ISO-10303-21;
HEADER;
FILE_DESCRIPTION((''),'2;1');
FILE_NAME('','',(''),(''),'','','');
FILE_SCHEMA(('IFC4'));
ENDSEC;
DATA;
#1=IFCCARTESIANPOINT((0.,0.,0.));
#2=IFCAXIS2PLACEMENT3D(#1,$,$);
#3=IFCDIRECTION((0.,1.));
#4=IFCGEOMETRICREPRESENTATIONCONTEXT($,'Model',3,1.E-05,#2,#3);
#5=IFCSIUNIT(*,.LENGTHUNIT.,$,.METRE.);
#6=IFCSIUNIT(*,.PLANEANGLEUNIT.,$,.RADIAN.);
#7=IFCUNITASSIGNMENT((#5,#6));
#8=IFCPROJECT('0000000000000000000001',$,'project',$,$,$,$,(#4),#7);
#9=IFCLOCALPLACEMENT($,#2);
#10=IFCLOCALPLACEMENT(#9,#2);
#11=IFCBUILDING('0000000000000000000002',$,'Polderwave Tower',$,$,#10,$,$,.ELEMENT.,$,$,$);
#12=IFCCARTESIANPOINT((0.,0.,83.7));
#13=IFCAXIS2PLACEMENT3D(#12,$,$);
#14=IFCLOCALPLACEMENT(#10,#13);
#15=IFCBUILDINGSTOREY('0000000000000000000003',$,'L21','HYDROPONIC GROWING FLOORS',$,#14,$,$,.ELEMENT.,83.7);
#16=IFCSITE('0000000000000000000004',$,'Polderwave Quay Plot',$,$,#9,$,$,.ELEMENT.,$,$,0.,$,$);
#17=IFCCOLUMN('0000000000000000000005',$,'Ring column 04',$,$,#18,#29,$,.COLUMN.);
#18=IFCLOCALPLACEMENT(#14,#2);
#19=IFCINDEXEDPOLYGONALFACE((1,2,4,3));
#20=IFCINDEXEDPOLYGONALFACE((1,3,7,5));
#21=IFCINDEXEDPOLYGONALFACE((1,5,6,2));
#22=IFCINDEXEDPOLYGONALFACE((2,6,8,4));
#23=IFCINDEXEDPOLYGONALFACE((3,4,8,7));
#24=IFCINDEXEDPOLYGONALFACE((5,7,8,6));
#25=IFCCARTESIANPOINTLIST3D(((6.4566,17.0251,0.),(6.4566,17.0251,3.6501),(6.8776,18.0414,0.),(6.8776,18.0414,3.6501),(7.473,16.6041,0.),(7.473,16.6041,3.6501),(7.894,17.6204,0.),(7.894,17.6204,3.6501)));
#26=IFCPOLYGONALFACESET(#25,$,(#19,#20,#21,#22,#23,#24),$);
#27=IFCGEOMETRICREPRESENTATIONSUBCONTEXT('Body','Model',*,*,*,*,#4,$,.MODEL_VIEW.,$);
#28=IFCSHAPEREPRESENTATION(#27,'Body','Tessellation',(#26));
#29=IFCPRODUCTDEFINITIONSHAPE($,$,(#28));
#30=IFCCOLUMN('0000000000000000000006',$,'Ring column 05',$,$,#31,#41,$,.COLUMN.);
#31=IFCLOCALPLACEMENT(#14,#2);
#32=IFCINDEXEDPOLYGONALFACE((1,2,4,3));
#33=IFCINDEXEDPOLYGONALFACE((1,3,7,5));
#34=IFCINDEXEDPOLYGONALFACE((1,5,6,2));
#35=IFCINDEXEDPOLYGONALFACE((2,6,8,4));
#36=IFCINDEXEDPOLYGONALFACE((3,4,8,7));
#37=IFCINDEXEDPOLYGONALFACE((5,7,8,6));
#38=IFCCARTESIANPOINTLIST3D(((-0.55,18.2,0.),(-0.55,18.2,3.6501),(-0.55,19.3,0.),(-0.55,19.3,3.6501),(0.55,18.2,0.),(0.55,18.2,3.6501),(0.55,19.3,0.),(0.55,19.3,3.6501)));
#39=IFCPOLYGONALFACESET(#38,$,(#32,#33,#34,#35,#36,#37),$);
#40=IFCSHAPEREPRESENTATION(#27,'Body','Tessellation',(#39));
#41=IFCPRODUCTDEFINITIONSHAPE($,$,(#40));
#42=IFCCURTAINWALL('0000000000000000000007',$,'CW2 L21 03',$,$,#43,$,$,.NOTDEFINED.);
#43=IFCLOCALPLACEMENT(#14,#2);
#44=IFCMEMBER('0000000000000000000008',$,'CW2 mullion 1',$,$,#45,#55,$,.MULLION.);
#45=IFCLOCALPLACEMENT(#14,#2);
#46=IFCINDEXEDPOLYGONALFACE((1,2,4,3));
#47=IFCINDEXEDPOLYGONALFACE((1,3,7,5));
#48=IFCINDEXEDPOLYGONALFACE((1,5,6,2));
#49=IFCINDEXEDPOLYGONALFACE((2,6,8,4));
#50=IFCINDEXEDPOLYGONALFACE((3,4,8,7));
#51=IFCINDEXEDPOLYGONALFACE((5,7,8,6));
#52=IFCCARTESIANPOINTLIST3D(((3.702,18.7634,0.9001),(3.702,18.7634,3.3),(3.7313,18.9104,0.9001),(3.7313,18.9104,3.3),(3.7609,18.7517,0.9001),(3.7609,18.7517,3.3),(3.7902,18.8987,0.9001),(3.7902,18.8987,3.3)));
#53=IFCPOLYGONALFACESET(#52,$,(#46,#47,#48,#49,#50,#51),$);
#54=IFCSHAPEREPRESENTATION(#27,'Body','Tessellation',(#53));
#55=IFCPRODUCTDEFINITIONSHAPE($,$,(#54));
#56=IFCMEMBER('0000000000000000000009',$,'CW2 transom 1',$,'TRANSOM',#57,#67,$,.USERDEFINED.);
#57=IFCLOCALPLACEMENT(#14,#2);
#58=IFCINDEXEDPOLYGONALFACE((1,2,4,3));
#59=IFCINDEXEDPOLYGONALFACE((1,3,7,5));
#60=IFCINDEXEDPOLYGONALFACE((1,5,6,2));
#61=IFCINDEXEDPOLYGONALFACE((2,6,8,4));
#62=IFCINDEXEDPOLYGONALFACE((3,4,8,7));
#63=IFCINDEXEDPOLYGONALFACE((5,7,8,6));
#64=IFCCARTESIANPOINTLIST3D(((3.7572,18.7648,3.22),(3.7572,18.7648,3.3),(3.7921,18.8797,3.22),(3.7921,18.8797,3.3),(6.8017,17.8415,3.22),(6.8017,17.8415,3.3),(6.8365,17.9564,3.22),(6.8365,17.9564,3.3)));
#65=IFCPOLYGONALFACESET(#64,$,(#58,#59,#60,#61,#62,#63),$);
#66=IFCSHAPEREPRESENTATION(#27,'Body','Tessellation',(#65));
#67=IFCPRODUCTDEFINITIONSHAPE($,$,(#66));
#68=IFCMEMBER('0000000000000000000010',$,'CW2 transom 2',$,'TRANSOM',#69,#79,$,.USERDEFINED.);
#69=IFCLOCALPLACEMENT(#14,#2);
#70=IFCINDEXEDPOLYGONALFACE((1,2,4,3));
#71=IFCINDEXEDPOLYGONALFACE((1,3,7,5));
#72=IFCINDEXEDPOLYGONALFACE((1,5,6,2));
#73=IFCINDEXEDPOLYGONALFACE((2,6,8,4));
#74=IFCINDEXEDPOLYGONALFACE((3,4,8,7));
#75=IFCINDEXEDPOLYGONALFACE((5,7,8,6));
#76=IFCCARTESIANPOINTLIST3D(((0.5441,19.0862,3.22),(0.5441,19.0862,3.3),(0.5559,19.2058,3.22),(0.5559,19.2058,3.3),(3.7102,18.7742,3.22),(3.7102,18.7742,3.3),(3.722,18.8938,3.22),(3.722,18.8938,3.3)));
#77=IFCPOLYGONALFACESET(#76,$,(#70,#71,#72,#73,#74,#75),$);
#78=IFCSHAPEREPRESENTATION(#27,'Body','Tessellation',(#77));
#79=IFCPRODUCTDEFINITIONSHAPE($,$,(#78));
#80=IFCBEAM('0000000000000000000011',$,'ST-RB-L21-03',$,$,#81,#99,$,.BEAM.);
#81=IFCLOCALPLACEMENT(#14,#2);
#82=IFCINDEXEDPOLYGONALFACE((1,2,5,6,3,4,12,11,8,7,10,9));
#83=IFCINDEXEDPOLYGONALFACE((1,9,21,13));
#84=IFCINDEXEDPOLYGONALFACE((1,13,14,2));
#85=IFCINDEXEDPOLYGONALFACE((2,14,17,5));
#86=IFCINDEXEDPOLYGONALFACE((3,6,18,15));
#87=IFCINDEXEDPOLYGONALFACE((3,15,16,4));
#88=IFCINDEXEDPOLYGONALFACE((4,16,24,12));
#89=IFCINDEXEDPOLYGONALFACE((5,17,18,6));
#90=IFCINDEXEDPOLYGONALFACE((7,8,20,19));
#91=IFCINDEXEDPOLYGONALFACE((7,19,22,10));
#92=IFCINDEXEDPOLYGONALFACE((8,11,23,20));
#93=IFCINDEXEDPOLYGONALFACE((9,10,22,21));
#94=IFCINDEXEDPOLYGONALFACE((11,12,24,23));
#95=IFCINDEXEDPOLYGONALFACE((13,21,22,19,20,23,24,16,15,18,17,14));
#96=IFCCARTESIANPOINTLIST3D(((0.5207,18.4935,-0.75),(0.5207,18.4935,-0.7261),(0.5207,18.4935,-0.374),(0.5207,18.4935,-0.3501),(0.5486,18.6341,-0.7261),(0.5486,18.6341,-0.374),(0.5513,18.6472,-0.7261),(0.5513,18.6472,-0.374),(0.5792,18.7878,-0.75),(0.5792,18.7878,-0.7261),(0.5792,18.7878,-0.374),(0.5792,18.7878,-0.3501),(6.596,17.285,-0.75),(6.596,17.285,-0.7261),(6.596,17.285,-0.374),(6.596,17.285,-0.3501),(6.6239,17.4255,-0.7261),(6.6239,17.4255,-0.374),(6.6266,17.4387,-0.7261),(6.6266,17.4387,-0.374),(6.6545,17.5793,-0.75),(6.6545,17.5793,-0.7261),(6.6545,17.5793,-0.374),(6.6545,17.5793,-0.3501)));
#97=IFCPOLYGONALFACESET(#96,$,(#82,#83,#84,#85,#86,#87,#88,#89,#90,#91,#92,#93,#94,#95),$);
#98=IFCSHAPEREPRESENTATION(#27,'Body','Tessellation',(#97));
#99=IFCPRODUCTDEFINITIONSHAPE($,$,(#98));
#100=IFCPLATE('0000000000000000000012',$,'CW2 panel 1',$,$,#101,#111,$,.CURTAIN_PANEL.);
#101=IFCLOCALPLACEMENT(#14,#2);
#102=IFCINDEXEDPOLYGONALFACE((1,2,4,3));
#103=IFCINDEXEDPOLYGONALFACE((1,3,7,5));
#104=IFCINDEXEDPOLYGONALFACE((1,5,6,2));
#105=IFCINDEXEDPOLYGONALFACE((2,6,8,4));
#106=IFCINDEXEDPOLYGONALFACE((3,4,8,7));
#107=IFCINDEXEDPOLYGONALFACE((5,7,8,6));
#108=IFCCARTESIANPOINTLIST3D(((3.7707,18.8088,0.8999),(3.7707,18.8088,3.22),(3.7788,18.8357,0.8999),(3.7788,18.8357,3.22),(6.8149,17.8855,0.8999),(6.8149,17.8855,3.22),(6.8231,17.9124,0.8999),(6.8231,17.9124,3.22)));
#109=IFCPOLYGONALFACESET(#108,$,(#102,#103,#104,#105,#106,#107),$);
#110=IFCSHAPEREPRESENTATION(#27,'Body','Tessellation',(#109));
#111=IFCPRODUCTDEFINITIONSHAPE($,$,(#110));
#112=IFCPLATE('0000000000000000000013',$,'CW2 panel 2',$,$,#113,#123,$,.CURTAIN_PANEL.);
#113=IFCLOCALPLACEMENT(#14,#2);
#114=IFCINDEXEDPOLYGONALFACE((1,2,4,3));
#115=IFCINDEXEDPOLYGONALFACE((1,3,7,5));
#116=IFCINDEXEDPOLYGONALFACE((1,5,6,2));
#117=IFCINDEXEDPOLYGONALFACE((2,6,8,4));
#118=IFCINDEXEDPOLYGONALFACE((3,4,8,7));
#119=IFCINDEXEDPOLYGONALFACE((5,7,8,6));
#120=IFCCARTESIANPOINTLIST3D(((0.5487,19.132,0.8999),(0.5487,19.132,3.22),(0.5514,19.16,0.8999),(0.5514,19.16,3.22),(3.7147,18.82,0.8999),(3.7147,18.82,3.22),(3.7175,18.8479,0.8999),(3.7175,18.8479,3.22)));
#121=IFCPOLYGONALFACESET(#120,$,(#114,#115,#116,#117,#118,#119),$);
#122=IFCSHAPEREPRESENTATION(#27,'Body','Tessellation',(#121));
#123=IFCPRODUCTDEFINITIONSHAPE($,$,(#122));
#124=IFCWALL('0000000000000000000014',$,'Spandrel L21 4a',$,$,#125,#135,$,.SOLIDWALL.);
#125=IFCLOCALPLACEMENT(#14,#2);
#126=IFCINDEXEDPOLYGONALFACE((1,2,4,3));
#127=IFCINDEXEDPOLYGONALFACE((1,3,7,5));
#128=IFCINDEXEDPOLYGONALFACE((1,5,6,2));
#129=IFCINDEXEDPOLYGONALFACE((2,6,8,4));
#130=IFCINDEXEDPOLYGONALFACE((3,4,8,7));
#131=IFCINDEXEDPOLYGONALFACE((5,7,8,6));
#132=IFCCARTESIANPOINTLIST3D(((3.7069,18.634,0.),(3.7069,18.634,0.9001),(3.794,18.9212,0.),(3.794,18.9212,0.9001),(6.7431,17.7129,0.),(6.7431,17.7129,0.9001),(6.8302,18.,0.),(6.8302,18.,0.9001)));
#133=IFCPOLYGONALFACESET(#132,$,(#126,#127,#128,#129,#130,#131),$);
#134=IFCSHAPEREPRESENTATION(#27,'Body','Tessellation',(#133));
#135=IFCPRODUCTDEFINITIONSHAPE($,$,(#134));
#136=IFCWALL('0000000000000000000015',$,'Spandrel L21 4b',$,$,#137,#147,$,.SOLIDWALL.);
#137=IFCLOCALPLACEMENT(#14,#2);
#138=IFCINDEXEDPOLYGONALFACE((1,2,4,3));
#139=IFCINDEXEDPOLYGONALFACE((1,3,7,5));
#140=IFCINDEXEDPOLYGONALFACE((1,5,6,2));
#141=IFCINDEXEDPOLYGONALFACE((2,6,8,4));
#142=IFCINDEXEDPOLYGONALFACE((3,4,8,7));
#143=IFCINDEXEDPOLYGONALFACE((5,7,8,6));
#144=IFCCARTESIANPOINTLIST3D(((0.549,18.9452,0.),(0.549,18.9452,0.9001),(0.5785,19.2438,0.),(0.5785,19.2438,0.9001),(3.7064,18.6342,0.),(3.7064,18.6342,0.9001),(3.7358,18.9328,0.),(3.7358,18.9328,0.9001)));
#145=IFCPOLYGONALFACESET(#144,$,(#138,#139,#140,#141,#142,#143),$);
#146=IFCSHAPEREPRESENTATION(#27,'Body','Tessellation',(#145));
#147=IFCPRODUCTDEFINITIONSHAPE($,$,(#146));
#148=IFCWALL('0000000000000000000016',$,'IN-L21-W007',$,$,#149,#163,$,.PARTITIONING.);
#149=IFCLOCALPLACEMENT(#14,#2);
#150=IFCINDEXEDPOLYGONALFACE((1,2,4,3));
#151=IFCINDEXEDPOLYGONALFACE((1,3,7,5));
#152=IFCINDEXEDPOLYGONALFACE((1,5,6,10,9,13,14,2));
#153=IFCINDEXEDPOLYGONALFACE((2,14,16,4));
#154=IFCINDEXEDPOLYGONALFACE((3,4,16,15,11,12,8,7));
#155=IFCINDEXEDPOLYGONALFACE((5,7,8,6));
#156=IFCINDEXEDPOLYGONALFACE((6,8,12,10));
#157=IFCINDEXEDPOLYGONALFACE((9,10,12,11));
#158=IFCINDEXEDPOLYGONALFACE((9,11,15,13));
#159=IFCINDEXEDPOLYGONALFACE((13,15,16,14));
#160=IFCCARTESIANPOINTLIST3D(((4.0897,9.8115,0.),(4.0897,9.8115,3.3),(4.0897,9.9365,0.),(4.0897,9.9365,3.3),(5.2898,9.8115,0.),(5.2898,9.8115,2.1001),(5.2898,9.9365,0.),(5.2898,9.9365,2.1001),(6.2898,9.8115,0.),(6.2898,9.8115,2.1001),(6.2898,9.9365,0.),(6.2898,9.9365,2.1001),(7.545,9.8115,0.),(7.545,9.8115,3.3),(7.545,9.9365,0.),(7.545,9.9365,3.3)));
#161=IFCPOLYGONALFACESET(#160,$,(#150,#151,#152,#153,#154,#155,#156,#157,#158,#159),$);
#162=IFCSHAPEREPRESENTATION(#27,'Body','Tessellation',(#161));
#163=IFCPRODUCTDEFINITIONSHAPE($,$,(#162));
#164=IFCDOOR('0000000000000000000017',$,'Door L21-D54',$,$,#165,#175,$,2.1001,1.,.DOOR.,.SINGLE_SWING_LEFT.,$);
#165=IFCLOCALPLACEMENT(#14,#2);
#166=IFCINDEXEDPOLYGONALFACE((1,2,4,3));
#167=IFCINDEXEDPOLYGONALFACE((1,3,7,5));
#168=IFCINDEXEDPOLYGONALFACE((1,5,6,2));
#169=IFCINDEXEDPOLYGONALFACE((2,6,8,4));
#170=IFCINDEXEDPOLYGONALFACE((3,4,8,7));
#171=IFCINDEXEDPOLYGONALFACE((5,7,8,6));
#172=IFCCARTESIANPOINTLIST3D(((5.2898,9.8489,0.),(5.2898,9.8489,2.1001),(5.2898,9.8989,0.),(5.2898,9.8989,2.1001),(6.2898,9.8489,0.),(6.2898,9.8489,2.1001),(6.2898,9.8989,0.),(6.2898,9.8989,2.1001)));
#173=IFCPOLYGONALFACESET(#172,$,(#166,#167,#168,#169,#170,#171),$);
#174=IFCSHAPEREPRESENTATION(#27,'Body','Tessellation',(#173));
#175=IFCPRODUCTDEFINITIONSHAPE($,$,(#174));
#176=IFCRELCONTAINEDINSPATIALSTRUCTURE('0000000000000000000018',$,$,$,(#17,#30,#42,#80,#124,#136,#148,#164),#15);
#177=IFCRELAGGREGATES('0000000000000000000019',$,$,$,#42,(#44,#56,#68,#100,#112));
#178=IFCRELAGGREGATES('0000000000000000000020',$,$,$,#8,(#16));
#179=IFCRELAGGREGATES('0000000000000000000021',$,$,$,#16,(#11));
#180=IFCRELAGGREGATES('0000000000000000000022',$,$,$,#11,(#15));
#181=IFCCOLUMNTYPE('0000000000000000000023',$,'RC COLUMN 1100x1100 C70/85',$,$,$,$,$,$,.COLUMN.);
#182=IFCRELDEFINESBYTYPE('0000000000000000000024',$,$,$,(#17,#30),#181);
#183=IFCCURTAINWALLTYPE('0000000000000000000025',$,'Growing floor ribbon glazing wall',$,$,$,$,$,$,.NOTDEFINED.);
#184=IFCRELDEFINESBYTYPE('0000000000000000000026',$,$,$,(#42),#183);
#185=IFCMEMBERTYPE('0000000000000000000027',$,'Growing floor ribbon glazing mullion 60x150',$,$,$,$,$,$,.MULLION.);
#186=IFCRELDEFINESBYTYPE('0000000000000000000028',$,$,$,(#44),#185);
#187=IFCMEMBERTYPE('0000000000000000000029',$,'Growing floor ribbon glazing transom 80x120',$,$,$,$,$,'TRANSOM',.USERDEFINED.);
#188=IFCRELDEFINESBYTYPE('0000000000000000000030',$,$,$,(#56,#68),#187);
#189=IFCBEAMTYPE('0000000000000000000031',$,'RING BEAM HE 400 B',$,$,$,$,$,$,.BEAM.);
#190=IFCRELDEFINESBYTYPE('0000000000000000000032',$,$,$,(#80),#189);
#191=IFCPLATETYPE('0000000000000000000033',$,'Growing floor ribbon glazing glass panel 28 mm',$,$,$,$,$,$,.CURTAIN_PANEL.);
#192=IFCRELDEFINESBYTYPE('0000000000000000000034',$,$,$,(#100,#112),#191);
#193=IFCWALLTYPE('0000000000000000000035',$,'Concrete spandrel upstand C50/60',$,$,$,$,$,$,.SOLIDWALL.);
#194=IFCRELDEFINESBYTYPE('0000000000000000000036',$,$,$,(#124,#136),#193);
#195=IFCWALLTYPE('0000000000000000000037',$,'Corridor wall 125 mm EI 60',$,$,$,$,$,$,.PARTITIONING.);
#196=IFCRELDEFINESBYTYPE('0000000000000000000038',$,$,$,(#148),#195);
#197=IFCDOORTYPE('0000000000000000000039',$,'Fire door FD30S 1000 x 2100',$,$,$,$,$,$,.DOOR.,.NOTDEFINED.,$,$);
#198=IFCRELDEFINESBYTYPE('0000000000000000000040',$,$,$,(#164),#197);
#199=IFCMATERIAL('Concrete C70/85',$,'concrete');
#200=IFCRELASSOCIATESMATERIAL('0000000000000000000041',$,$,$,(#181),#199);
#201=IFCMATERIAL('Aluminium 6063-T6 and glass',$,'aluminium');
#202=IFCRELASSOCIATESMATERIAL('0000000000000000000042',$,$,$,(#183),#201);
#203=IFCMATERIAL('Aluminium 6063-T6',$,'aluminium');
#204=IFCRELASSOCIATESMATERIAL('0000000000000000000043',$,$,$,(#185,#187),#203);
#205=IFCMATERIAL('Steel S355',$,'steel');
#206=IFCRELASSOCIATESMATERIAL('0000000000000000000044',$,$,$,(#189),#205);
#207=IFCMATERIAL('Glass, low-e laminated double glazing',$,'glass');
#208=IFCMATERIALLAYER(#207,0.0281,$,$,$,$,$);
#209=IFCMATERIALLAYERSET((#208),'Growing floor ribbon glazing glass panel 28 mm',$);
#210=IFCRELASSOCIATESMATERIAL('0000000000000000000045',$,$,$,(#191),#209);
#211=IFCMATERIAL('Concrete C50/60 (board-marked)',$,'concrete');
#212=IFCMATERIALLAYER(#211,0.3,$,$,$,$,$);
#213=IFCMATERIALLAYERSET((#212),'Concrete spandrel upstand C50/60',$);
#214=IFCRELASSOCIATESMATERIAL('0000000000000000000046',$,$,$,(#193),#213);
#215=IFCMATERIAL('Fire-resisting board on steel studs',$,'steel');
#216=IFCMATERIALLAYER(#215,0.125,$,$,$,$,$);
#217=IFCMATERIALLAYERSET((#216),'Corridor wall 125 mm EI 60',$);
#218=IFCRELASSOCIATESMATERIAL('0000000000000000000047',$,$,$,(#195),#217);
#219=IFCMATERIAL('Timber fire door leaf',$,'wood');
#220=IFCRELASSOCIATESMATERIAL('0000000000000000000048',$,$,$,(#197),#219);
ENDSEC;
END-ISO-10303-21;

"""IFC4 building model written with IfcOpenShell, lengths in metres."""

from ifc_helpers import new_model, si_unit, direction, frame, frame_2d, origin, origin_2d, place, context, subcontext, project, spatial, rectangle, i_section, extrude, material, layer, layer_set, material_profile, profile_set, type_object, element, fill, aggregate, save


model = new_model("IFC4")

# Units and contexts
model_context = context("Model", 3, precision=1e-05, world=origin(), true_north=direction((0.0, 1.0)))
body_context = subcontext(model_context, "Body", "Model", "MODEL_VIEW")
ifc_project = project(units=[si_unit("LENGTHUNIT", "METRE"), si_unit("PLANEANGLEUNIT", "RADIAN")], contexts=[model_context])

# Site, building, storey
site_placement = place(None, origin())
site = spatial("IfcSite", under=ifc_project, at=site_placement, Name="Polderwave Quay Plot", CompositionType="ELEMENT", RefElevation=0.0)
building_placement = place(site_placement, origin())
building = spatial("IfcBuilding", under=site, at=building_placement, Name="Polderwave Tower", CompositionType="ELEMENT")
storey_placement = place(building_placement, frame((0.0, 0.0, 83.7)))
storey = spatial("IfcBuildingStorey", under=building, at=storey_placement, Name="L21", Description="HYDROPONIC GROWING FLOORS", CompositionType="ELEMENT", Elevation=83.7)

# Columns
ifc_material_1 = material(Name="Concrete C70/85", Category="concrete")
ifc_material_profile_1 = material_profile(ifc_material_1, rectangle(XDim=1.1001, YDim=1.1001, at=origin_2d()), Name="RC 1100x1100")
ifc_profile_set_1 = profile_set([ifc_material_profile_1], Name="Concrete C70/85")
column_type = type_object("IfcColumnType", Name="RC COLUMN 1100x1100 C70/85", PredefinedType="COLUMN", material=ifc_profile_set_1)
for number, where, z_axis, x_axis, name in (
    (1, (7.1753, 17.3228, 0.0), (0.0, 0.0, 1.0), (0.382683, 0.92388, 0.0), "Ring column 04"),
    (2, (0.0, 18.75, 0.0), (0.0, 0.0, 1.0), (0.0, 1.0, 0.0), "Ring column 05"),
):
    element("IfcColumn", number, at=place(storey_placement, frame(where, z_axis=z_axis, x_axis=x_axis)), inside=storey, type_object=column_type, Name=name, PredefinedType="COLUMN", context=body_context, shape_type="SweptSolid", body=[
        extrude(rectangle(XDim=1.1001, YDim=1.1001, at=origin_2d()), origin(), (0.0, 0.0, 1.0), 3.6501),
    ])

# Curtain wall, members
ifc_material_2 = material(Name="Aluminium 6063-T6 and glass", Category="aluminium")
curtain_wall_type = type_object("IfcCurtainWallType", Name="Growing floor ribbon glazing wall", PredefinedType="NOTDEFINED", material=ifc_material_2)
curtain_wall_placement = place(storey_placement, origin())
curtain_wall = element("IfcCurtainWall", 3, at=curtain_wall_placement, inside=storey, type_object=curtain_wall_type, Name="CW2 L21 03", PredefinedType="NOTDEFINED")
ifc_material_3 = material(Name="Aluminium 6063-T6", Category="aluminium")
ifc_material_profile_2 = material_profile(ifc_material_3, rectangle(XDim=0.1499, YDim=0.0601, at=origin_2d()), Name="AL 60x150")
ifc_profile_set_2 = profile_set([ifc_material_profile_2], Name="Aluminium 6063-T6")
member_type_1 = type_object("IfcMemberType", Name="Growing floor ribbon glazing mullion 60x150", PredefinedType="MULLION", material=ifc_profile_set_2)
member_1_placement = place(storey_placement, frame((3.7461, 18.8311, 0.9001), z_axis=(0.0, 0.0, 1.0), x_axis=(-0.195097, -0.980784, 0.0)))
member_1 = element("IfcMember", 4, at=member_1_placement, type_object=member_type_1, Name="CW2 mullion 1", PredefinedType="MULLION", context=body_context, shape_type="SweptSolid", body=[
    extrude(rectangle(XDim=0.1499, YDim=0.0601, at=origin_2d()), origin(), (0.0, 0.0, 1.0), 2.3999),
])
ifc_material_profile_3 = material_profile(ifc_material_3, rectangle(XDim=0.1201, YDim=0.0801, at=origin_2d()), Name="AL 80x120")
ifc_profile_set_3 = profile_set([ifc_material_profile_3], Name="Aluminium 6063-T6")
member_type_2 = type_object("IfcMemberType", Name="Growing floor ribbon glazing transom 80x120", ElementType="TRANSOM", PredefinedType="USERDEFINED", material=ifc_profile_set_3)
member_2_placement = place(storey_placement, frame((6.8191, 17.8989, 3.26), z_axis=(-0.956956, 0.290233, 0.0), x_axis=(-0.290233, -0.956956, 0.0)))
member_2 = element("IfcMember", 5, at=member_2_placement, type_object=member_type_2, Name="CW2 transom 1", ObjectType="TRANSOM", PredefinedType="USERDEFINED", context=body_context, shape_type="SweptSolid", body=[
    extrude(rectangle(XDim=0.1201, YDim=0.0801, at=origin_2d()), origin(), (0.0, 0.0, 1.0), 3.1814),
])
member_3_placement = place(storey_placement, frame((3.7161, 18.834, 3.26), z_axis=(-0.995179, 0.098075, 0.0), x_axis=(-0.098075, -0.995179, 0.0)))
member_3 = element("IfcMember", 6, at=member_3_placement, type_object=member_type_2, Name="CW2 transom 2", ObjectType="TRANSOM", PredefinedType="USERDEFINED", context=body_context, shape_type="SweptSolid", body=[
    extrude(rectangle(XDim=0.1201, YDim=0.0801, at=origin_2d()), origin(), (0.0, 0.0, 1.0), 3.1814),
])

# Beam
ifc_material_4 = material(Name="Steel S355", Category="steel")
ifc_material_profile_4 = material_profile(ifc_material_4, i_section(OverallWidth=0.3, OverallDepth=0.3999, WebThickness=0.0134, FlangeThickness=0.0239, at=origin_2d()), Name="HE 400 B")
ifc_profile_set_4 = profile_set([ifc_material_profile_4], Name="Steel S355")
beam_type = type_object("IfcBeamType", Name="RING BEAM HE 400 B", PredefinedType="BEAM", material=ifc_profile_set_4)
beam_placement = place(storey_placement, frame((6.6252, 17.4321, -0.55), z_axis=(-0.980783, 0.1951, 0.0), x_axis=(-0.1951, -0.980783, 0.0)))
element("IfcBeam", 7, at=beam_placement, inside=storey, type_object=beam_type, Name="ST-RB-L21-03", PredefinedType="BEAM", context=body_context, shape_type="SweptSolid", body=[
    extrude(i_section(OverallWidth=0.3, OverallDepth=0.3999, WebThickness=0.0134, FlangeThickness=0.0239, at=origin_2d()), origin(), (0.0, 0.0, 1.0), 6.1943),
])

# Plates
ifc_material_5 = material(Name="Glass, low-e laminated double glazing", Category="glass")
ifc_layer_1 = layer(ifc_material_5, 0.0281)
ifc_layer_set_1 = layer_set([ifc_layer_1], Name="Growing floor ribbon glazing glass panel 28 mm")
plate_type = type_object("IfcPlateType", Name="Growing floor ribbon glazing glass panel 28 mm", PredefinedType="CURTAIN_PANEL", material=ifc_layer_set_1)
plate_1_placement = place(storey_placement, frame((5.2969, 18.3606, 0.8999), z_axis=(0.0, 0.0, 1.0), x_axis=(-0.956956, 0.290233, 0.0)))
plate_1 = element("IfcPlate", 8, at=plate_1_placement, type_object=plate_type, Name="CW2 panel 1", PredefinedType="CURTAIN_PANEL", context=body_context, shape_type="SweptSolid", body=[
    extrude(rectangle(XDim=3.1812, YDim=0.0281, at=origin_2d()), origin(), (0.0, 0.0, 1.0), 2.3201),
])
plate_2_placement = place(storey_placement, frame((2.1331, 18.99, 0.8999), z_axis=(0.0, 0.0, 1.0), x_axis=(-0.995178, 0.098085, 0.0)))
plate_2 = element("IfcPlate", 9, at=plate_2_placement, type_object=plate_type, Name="CW2 panel 2", PredefinedType="CURTAIN_PANEL", context=body_context, shape_type="SweptSolid", body=[
    extrude(rectangle(XDim=3.1814, YDim=0.0281, at=origin_2d()), origin(), (0.0, 0.0, 1.0), 2.3201),
])
aggregate(curtain_wall, [member_1, member_2, member_3, plate_1, plate_2])

# Walls
ifc_material_6 = material(Name="Concrete C50/60 (board-marked)", Category="concrete")
ifc_layer_2 = layer(ifc_material_6, 0.3)
ifc_layer_set_2 = layer_set([ifc_layer_2], Name="Concrete spandrel upstand C50/60")
wall_type_1 = type_object("IfcWallType", Name="Concrete spandrel upstand C50/60", PredefinedType="SOLIDWALL", material=ifc_layer_set_2)
wall_1_placement = place(storey_placement, frame((6.7866, 17.8564, 0.0), z_axis=(0.0, 0.0, 1.0), x_axis=(-0.956928, 0.290326, 0.0)))
element("IfcWall", 10, at=wall_1_placement, inside=storey, type_object=wall_type_1, Name="Spandrel L21 4a", PredefinedType="SOLIDWALL", context=body_context, shape_type="SweptSolid", body=[
    extrude(rectangle(XDim=3.1729, YDim=0.3, at=frame_2d((1.5864, 0.0))), origin(), (0.0, 0.0, 1.0), 0.9001),
])
wall_2_placement = place(storey_placement, frame((3.7212, 18.7834, 0.0), z_axis=(0.0, 0.0, 1.0), x_axis=(-0.995182, 0.098041, 0.0)))
element("IfcWall", 11, at=wall_2_placement, inside=storey, type_object=wall_type_1, Name="Spandrel L21 4b", PredefinedType="SOLIDWALL", context=body_context, shape_type="SweptSolid", body=[
    extrude(rectangle(XDim=3.1726, YDim=0.3, at=frame_2d((1.5864, 0.0))), origin(), (0.0, 0.0, 1.0), 0.9001),
])

# Wall, opening, door
ifc_material_7 = material(Name="Fire-resisting board on steel studs", Category="steel")
ifc_layer_3 = layer(ifc_material_7, 0.125)
ifc_layer_set_3 = layer_set([ifc_layer_3], Name="Corridor wall 125 mm EI 60")
wall_type_2 = type_object("IfcWallType", Name="Corridor wall 125 mm EI 60", PredefinedType="PARTITIONING", material=ifc_layer_set_3)
wall_3_placement = place(storey_placement, frame((4.0898, 9.874, 0.0), z_axis=(0.0, 0.0, 1.0), x_axis=(1.0, 0.0, 0.0)))
wall_3 = element("IfcWall", 12, at=wall_3_placement, inside=storey, type_object=wall_type_2, Name="IN-L21-W007", PredefinedType="PARTITIONING", context=body_context, shape_type="SweptSolid", body=[
    extrude(rectangle(XDim=3.4553, YDim=0.125, at=frame_2d((1.7275, 0.0))), origin(), (0.0, 0.0, 1.0), 3.3),
])
opening_1_placement = place(wall_3_placement, frame((1.2, 0.0, 0.0)))
opening_1 = element("IfcOpeningElement", 13, at=opening_1_placement, cuts=wall_3, PredefinedType="OPENING", context=body_context, shape_type="SweptSolid", body=[
    extrude(rectangle(XDim=1.0, YDim=2.1001, at=frame_2d((0.5, 1.05))), frame((0.0, 0.0725, 0.0), z_axis=(0.0, -1.0, 0.0), x_axis=(1.0, 0.0, 0.0)), (0.0, 0.0, 1.0), 0.145),
])
ifc_material_8 = material(Name="Timber fire door leaf", Category="wood")
door_type_1 = type_object("IfcDoorType", Name="Fire door FD30S 1000 x 2100", OperationType="NOTDEFINED", PredefinedType="DOOR", material=ifc_material_8)
door_1_placement = place(opening_1_placement, origin())
door_1 = element("IfcDoor", 14, at=door_1_placement, inside=storey, type_object=door_type_1, Name="Door L21-D54", OperationType="SINGLE_SWING_LEFT", OverallHeight=2.1001, OverallWidth=1.0, PredefinedType="DOOR", context=body_context, shape_type="SweptSolid", body=[
    extrude(rectangle(XDim=1.0, YDim=2.1001, at=frame_2d((0.5, 1.05))), frame((0.0, 0.0249, 0.0), z_axis=(0.0, -1.0, 0.0), x_axis=(1.0, 0.0, 0.0)), (0.0, 0.0, 1.0), 0.05),
])
fill(opening_1, door_1)

save(model, "model.ifc")
